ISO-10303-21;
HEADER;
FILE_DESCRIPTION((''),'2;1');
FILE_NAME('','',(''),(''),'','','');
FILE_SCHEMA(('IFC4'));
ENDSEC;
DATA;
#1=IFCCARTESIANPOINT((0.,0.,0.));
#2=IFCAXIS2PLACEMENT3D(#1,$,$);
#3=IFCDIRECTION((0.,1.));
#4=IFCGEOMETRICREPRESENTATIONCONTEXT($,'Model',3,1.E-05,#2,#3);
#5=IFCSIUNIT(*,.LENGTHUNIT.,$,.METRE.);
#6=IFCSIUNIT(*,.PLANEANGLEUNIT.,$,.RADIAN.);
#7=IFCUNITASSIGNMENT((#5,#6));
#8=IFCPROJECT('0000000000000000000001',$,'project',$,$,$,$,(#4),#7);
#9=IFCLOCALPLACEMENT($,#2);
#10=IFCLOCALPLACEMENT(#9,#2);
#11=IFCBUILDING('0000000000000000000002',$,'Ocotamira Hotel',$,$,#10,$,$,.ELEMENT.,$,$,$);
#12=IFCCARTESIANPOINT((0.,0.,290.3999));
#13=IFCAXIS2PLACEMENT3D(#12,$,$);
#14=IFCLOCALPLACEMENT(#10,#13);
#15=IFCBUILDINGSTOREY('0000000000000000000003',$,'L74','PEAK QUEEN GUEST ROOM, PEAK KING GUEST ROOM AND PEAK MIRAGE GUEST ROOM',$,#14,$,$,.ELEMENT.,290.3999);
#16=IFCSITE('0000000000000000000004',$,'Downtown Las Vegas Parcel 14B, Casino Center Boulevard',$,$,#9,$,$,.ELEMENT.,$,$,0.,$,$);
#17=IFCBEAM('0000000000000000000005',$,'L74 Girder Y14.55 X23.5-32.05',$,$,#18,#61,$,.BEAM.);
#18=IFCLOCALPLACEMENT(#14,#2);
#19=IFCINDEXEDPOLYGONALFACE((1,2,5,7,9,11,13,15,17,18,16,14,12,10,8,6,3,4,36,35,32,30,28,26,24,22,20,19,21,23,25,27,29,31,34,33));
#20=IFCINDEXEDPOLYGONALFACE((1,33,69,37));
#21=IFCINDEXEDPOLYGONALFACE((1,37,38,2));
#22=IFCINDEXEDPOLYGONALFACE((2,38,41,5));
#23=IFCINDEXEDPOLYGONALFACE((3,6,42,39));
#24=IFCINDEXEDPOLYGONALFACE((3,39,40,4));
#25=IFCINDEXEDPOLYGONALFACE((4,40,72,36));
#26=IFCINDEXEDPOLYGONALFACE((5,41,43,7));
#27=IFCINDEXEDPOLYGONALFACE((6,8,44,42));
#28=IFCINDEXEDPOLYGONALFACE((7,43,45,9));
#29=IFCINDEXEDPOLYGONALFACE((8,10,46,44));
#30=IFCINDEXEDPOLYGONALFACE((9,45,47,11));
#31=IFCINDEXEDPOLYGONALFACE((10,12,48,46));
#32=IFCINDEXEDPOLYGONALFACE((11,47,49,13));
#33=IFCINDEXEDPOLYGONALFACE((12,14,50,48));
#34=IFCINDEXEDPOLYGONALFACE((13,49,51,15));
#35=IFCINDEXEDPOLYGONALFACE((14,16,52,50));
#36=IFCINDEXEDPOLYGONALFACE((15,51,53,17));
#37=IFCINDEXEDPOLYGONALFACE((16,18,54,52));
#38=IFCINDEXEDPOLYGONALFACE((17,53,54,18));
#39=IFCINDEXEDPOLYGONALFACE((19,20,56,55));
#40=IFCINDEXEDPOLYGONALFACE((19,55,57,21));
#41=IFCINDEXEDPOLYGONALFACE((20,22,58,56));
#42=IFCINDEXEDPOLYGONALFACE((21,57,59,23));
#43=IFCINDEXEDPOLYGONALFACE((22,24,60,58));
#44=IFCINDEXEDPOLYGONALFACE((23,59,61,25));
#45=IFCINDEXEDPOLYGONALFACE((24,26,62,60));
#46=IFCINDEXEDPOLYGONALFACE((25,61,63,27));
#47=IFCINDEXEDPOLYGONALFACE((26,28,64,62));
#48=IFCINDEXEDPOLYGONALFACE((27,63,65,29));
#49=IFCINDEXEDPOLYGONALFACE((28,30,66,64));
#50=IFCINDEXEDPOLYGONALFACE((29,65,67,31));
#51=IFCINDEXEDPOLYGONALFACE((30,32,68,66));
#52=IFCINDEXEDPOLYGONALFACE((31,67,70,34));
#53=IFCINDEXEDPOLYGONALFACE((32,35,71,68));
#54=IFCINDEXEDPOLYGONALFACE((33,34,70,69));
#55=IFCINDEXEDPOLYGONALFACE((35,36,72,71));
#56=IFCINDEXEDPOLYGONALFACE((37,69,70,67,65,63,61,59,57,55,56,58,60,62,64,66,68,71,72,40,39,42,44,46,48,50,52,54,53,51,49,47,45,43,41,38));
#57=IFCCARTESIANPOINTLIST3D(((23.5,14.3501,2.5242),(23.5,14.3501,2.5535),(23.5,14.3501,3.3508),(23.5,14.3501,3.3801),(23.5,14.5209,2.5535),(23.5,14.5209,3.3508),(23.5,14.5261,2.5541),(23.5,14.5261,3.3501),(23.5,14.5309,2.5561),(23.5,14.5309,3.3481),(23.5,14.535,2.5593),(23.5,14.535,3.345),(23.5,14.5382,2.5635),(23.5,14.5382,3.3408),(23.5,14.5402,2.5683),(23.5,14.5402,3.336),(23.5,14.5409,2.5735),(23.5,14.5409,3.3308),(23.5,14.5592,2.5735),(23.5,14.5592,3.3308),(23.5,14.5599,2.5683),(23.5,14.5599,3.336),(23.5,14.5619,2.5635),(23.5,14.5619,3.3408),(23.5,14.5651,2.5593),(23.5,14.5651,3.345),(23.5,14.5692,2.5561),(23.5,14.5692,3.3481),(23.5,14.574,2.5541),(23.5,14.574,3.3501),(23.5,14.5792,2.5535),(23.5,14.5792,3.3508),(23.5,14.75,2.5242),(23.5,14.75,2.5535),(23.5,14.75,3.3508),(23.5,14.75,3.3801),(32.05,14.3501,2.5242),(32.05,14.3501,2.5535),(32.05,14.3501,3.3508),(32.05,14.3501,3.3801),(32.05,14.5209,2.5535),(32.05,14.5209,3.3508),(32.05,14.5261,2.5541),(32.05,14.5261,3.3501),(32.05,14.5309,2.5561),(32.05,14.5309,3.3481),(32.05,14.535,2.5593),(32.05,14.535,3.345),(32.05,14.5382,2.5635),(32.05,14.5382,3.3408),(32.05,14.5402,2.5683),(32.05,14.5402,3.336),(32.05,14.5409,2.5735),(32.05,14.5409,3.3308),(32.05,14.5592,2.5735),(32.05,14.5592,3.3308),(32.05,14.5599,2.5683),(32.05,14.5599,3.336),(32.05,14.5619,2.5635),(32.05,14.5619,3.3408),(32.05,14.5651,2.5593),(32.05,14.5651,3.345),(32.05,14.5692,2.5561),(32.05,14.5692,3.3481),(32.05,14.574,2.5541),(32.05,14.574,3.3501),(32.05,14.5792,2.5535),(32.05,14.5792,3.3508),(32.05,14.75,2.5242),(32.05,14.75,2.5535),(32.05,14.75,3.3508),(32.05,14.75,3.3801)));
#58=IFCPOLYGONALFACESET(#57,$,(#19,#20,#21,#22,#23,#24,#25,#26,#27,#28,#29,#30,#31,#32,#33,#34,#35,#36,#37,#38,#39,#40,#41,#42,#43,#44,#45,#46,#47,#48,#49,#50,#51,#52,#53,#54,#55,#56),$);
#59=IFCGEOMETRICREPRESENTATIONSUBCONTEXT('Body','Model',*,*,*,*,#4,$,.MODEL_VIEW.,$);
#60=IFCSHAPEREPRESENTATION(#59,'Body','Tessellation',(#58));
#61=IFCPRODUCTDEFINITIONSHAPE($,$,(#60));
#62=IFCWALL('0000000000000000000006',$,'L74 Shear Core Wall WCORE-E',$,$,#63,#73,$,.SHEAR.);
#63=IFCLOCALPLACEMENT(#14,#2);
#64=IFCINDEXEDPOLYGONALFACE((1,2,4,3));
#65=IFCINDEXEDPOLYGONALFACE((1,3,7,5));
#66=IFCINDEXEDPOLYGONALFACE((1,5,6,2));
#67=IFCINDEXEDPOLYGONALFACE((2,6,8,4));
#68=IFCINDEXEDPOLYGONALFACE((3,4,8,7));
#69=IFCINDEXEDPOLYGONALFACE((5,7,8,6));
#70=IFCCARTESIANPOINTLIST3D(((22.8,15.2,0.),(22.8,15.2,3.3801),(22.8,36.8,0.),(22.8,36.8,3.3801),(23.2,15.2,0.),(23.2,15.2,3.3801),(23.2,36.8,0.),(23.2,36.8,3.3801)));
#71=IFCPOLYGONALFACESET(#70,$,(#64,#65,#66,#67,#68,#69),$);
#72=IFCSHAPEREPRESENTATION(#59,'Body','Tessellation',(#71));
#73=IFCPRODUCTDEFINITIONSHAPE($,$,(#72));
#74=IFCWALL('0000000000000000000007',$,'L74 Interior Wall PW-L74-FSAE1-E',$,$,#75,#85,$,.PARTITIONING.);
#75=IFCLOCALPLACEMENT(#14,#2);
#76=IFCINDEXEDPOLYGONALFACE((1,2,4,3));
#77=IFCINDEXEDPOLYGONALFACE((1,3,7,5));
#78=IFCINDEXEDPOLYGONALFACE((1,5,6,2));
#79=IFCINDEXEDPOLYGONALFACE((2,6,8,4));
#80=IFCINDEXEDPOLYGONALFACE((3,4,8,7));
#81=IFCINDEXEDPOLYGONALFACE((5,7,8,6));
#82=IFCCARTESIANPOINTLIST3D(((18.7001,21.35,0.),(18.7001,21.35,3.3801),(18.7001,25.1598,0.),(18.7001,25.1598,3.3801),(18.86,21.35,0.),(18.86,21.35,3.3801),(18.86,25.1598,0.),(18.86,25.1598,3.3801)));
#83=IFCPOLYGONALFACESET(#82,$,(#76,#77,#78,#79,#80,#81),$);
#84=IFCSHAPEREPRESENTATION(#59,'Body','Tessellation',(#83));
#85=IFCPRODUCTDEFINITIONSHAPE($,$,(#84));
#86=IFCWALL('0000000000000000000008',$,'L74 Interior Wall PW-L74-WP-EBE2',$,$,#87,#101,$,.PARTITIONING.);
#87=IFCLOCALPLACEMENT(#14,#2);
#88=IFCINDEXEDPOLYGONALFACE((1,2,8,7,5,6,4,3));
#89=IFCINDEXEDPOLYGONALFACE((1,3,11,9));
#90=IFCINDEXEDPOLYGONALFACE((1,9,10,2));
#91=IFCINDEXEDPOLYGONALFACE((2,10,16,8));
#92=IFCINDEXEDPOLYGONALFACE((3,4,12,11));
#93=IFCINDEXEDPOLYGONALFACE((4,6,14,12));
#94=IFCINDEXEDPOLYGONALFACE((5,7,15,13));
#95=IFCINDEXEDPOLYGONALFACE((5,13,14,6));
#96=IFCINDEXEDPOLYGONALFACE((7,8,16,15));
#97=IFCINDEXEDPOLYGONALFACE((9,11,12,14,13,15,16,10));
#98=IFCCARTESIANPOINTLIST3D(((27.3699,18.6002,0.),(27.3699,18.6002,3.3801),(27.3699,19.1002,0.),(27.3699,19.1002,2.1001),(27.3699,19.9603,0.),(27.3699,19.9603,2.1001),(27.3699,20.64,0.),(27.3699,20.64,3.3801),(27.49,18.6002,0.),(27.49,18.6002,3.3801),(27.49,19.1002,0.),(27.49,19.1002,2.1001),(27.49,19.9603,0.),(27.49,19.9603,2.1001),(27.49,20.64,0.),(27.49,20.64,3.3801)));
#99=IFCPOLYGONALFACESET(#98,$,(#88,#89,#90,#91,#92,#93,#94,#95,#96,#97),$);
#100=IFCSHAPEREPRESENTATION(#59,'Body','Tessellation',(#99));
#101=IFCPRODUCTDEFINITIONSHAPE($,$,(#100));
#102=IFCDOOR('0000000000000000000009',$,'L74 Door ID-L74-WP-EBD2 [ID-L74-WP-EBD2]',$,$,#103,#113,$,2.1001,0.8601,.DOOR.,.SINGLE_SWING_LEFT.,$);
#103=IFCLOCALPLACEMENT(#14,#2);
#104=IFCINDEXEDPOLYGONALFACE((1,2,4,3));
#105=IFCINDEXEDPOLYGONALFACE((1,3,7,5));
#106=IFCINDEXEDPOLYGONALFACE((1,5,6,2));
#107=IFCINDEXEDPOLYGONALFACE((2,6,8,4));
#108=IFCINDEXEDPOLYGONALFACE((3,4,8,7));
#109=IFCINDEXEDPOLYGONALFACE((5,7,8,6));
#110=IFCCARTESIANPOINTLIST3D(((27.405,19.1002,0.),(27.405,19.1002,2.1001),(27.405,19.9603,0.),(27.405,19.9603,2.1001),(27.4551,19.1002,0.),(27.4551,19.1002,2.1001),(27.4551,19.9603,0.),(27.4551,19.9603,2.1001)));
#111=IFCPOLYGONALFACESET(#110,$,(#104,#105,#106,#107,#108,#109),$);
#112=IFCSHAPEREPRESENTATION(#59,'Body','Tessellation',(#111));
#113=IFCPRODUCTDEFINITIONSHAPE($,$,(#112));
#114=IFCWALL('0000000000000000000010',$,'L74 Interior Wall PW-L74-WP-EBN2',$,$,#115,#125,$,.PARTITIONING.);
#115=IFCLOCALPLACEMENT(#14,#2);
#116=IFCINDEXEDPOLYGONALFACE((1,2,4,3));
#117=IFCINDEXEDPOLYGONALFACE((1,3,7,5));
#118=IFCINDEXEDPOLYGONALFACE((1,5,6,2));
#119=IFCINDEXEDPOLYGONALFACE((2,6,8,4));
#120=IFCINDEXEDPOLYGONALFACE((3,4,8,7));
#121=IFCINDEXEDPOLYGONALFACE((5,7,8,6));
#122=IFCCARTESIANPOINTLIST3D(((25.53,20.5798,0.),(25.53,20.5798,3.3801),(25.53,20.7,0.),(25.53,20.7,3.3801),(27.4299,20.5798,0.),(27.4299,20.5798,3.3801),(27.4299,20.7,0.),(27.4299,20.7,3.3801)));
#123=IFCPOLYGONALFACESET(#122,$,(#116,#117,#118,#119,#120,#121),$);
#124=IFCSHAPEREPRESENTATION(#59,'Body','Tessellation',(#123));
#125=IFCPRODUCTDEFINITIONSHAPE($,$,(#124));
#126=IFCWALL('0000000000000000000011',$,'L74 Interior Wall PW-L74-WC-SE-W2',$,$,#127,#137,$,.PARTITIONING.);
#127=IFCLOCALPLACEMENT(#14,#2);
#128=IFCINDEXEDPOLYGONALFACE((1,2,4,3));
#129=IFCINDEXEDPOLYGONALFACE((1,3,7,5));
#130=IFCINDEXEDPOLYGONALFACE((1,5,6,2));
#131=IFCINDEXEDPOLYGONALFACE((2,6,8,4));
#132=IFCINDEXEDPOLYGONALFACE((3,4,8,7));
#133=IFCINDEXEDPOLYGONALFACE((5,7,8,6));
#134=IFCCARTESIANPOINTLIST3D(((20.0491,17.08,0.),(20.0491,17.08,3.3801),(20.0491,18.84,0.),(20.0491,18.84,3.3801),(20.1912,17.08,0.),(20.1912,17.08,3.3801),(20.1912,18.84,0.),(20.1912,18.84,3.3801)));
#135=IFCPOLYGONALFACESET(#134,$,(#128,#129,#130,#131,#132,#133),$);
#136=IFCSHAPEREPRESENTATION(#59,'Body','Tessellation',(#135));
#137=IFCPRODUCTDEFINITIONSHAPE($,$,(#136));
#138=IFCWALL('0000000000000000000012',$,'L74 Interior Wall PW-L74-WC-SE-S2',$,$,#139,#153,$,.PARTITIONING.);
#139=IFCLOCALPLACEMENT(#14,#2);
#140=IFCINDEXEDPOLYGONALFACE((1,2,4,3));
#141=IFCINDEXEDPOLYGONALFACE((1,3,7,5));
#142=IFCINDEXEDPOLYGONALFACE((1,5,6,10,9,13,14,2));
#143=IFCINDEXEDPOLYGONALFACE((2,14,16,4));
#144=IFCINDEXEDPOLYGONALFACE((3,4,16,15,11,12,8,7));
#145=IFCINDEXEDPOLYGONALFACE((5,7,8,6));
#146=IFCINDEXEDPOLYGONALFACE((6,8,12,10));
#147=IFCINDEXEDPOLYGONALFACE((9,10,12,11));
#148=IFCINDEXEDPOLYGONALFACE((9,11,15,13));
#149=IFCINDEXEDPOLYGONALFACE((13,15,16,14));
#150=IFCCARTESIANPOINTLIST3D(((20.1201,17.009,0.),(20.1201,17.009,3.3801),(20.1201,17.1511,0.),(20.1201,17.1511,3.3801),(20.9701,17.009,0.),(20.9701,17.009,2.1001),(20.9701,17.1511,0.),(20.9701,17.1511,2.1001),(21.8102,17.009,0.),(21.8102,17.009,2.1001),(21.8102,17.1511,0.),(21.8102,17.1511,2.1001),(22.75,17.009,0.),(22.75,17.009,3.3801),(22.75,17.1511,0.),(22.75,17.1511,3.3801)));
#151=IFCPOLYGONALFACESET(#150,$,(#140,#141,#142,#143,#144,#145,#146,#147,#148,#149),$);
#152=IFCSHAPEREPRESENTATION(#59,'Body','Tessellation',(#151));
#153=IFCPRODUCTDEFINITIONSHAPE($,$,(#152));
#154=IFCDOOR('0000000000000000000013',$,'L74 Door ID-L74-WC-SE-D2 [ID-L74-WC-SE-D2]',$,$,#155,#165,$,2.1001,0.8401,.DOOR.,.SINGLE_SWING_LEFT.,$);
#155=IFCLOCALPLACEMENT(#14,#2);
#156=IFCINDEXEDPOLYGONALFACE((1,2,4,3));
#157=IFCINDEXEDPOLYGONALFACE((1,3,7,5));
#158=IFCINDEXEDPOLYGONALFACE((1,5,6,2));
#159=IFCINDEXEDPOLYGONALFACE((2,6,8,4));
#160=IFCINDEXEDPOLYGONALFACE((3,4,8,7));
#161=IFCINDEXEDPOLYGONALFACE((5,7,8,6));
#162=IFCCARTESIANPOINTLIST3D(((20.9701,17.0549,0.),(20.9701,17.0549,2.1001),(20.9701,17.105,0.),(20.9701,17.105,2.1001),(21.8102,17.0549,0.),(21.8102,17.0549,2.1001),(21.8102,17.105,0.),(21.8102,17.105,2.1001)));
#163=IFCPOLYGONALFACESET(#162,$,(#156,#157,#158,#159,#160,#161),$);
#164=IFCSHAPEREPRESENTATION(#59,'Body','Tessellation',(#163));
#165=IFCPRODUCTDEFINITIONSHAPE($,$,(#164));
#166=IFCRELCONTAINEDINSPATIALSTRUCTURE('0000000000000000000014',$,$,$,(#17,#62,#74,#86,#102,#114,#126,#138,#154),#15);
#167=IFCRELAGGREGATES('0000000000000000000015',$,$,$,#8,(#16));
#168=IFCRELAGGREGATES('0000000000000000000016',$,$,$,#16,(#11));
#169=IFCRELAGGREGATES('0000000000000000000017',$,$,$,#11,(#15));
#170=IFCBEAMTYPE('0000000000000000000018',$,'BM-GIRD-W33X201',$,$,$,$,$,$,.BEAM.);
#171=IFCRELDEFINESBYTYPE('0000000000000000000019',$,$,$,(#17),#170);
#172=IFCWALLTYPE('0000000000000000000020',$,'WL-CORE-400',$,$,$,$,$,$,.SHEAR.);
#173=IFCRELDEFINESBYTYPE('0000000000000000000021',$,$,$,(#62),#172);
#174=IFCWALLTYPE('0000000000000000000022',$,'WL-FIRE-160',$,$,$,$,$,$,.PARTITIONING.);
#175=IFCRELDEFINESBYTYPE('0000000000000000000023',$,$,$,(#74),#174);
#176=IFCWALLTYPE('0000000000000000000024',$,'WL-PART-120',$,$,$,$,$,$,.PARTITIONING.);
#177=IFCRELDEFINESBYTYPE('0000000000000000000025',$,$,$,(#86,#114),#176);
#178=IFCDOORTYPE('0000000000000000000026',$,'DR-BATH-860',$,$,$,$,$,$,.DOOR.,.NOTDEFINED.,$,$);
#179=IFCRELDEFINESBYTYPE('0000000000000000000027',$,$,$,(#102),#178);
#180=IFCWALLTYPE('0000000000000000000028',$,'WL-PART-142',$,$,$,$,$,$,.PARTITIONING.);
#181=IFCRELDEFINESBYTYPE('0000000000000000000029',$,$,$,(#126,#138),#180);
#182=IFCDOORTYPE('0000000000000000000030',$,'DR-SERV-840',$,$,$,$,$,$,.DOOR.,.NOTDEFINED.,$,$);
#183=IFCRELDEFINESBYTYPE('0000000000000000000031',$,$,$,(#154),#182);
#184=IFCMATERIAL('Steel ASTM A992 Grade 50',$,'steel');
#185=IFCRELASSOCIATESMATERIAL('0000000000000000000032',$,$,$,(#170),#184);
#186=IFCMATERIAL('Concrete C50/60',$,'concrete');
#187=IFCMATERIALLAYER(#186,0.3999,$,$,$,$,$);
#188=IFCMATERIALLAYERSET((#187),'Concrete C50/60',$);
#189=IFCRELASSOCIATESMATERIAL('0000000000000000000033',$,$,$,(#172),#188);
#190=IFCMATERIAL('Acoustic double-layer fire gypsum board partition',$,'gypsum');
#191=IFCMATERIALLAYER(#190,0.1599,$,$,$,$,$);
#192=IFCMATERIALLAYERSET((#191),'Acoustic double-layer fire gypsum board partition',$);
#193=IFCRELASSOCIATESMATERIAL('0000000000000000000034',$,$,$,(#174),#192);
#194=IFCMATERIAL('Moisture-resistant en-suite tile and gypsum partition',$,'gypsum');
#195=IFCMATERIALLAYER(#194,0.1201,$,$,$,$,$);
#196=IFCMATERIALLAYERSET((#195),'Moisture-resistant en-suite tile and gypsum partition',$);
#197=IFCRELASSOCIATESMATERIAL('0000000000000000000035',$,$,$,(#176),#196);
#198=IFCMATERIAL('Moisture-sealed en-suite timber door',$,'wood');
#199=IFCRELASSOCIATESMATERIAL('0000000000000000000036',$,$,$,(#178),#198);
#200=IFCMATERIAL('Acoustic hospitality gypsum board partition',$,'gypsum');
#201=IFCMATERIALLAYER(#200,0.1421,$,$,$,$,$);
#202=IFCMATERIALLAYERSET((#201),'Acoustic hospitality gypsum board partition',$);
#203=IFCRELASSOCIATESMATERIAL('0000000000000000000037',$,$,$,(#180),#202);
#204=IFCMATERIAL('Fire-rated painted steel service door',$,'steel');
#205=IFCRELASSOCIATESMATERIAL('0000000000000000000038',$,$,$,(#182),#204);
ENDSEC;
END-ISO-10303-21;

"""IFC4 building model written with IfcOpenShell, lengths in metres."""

from ifc_helpers import new_model, si_unit, direction, frame, frame_2d, origin, origin_2d, place, context, subcontext, project, spatial, rectangle, i_section, extrude, source, transform, mapped, material, layer, layer_set, material_profile, profile_set, type_object, element, fill, save


model = new_model("IFC4")

# Units and contexts
model_context = context("Model", 3, precision=1e-05, world=origin(), true_north=direction((0.0, 1.0)))
body_context = subcontext(model_context, "Body", "Model", "MODEL_VIEW")
ifc_project = project(units=[si_unit("LENGTHUNIT", "METRE"), si_unit("PLANEANGLEUNIT", "RADIAN")], contexts=[model_context])

# Site, building, storey
site_placement = place(None, origin())
site = spatial("IfcSite", under=ifc_project, at=site_placement, Name="Downtown Las Vegas Parcel 14B, Casino Center Boulevard", CompositionType="ELEMENT", RefElevation=0.0)
building_placement = place(site_placement, origin())
building = spatial("IfcBuilding", under=site, at=building_placement, Name="Ocotamira Hotel", CompositionType="ELEMENT")
storey_placement = place(building_placement, frame((0.0, 0.0, 290.3999)))
storey = spatial("IfcBuildingStorey", under=building, at=storey_placement, Name="L74", Description="PEAK QUEEN GUEST ROOM, PEAK KING GUEST ROOM AND PEAK MIRAGE GUEST ROOM", CompositionType="ELEMENT", Elevation=290.3999)

# Shared definitions
ifc_material_1 = material(Name="Steel ASTM A992 Grade 50", Category="steel")

# Beam
ifc_material_profile_1 = material_profile(ifc_material_1, i_section(OverallWidth=0.3999, OverallDepth=0.856, WebThickness=0.0183, FlangeThickness=0.0293, FilletRadius=0.02, at=origin_2d()), Name="W33X201")
ifc_profile_set_1 = profile_set([ifc_material_profile_1], Name="Steel ASTM A992 Grade 50")
beam_type_1 = type_object("IfcBeamType", Name="BM-GIRD-W33X201", PredefinedType="BEAM", material=ifc_profile_set_1)
shared_shape_1 = source(origin(), body_context, "Body", "SweptSolid", [
    extrude(i_section(OverallWidth=0.3999, OverallDepth=0.856, WebThickness=0.0183, FlangeThickness=0.0293, FilletRadius=0.02, at=origin_2d()), origin(), (0.0, 0.0, 1.0), 8.55),
])
beam_1_placement = place(storey_placement, frame((23.5, 14.55, 2.9521), z_axis=(1.0, 0.0, 0.0), x_axis=(0.0, 1.0, 0.0)))
element("IfcBeam", 1, at=beam_1_placement, inside=storey, type_object=beam_type_1, Name="L74 Girder Y14.55 X23.5-32.05", PredefinedType="BEAM", context=body_context, shape_type="MappedRepresentation", body=[
    mapped(shared_shape_1, transform((0.0, 0.0, 0.0), scale=1.0)),
])

# Walls
ifc_material_2 = material(Name="Concrete C50/60", Category="concrete")
ifc_layer_1 = layer(ifc_material_2, 0.3999)
ifc_layer_set_1 = layer_set([ifc_layer_1], Name="Concrete C50/60")
wall_type_1 = type_object("IfcWallType", Name="WL-CORE-400", PredefinedType="SHEAR", material=ifc_layer_set_1)
wall_1_placement = place(storey_placement, frame((23.0, 15.2, 0.0), z_axis=(0.0, 0.0, 1.0), x_axis=(0.0, 1.0, 0.0)))
element("IfcWall", 2, at=wall_1_placement, inside=storey, type_object=wall_type_1, Name="L74 Shear Core Wall WCORE-E", PredefinedType="SHEAR", context=body_context, shape_type="SweptSolid", body=[
    extrude(rectangle(XDim=21.6001, YDim=0.3999, at=frame_2d((10.8, 0.0))), origin(), (0.0, 0.0, 1.0), 3.3801),
])
ifc_material_3 = material(Name="Acoustic double-layer fire gypsum board partition", Category="gypsum")
ifc_layer_2 = layer(ifc_material_3, 0.1599)
ifc_layer_set_2 = layer_set([ifc_layer_2], Name="Acoustic double-layer fire gypsum board partition")
wall_type_2 = type_object("IfcWallType", Name="WL-FIRE-160", PredefinedType="PARTITIONING", material=ifc_layer_set_2)
wall_2_placement = place(storey_placement, frame((18.78, 21.3501, 0.0), z_axis=(0.0, 0.0, 1.0), x_axis=(0.0, 1.0, 0.0)))
element("IfcWall", 3, at=wall_2_placement, inside=storey, type_object=wall_type_2, Name="L74 Interior Wall PW-L74-FSAE1-E", PredefinedType="PARTITIONING", context=body_context, shape_type="SweptSolid", body=[
    extrude(rectangle(XDim=3.8098, YDim=0.1599, at=frame_2d((1.9048, 0.0))), origin(), (0.0, 0.0, 1.0), 3.3801),
])

# Wall, opening, door
ifc_material_4 = material(Name="Moisture-resistant en-suite tile and gypsum partition", Category="gypsum")
ifc_layer_3 = layer(ifc_material_4, 0.1201)
ifc_layer_set_3 = layer_set([ifc_layer_3], Name="Moisture-resistant en-suite tile and gypsum partition")
wall_type_3 = type_object("IfcWallType", Name="WL-PART-120", PredefinedType="PARTITIONING", material=ifc_layer_set_3)
wall_3_placement = place(storey_placement, frame((27.4299, 18.6001, 0.0), z_axis=(0.0, 0.0, 1.0), x_axis=(0.0, 1.0, 0.0)))
wall_3 = element("IfcWall", 4, at=wall_3_placement, inside=storey, type_object=wall_type_3, Name="L74 Interior Wall PW-L74-WP-EBE2", PredefinedType="PARTITIONING", context=body_context, shape_type="SweptSolid", body=[
    extrude(rectangle(XDim=2.0398, YDim=0.1201, at=frame_2d((1.02, 0.0))), origin(), (0.0, 0.0, 1.0), 3.3801),
])
opening_1_placement = place(wall_3_placement, frame((0.5, 0.0, 0.0)))
opening_1 = element("IfcOpeningElement", 5, at=opening_1_placement, cuts=wall_3, PredefinedType="OPENING", context=body_context, shape_type="SweptSolid", body=[
    extrude(rectangle(XDim=0.8601, YDim=2.1001, at=frame_2d((0.4302, 1.05))), frame((0.0, 0.0701, 0.0), z_axis=(0.0, -1.0, 0.0), x_axis=(1.0, 0.0, 0.0)), (0.0, 0.0, 1.0), 0.1401),
])
ifc_material_5 = material(Name="Moisture-sealed en-suite timber door", Category="wood")
door_type_1 = type_object("IfcDoorType", Name="DR-BATH-860", OperationType="NOTDEFINED", PredefinedType="DOOR", material=ifc_material_5)
shared_shape_2 = source(origin(), body_context, "Body", "SweptSolid", [
    extrude(rectangle(XDim=0.8601, YDim=2.1001, at=frame_2d((0.4302, 1.05))), frame((0.0, 0.0249, 0.0), z_axis=(0.0, -1.0, 0.0), x_axis=(1.0, 0.0, 0.0)), (0.0, 0.0, 1.0), 0.05),
])
door_1_placement = place(opening_1_placement, origin())
door_1 = element("IfcDoor", 6, at=door_1_placement, inside=storey, type_object=door_type_1, Name="L74 Door ID-L74-WP-EBD2 [ID-L74-WP-EBD2]", OperationType="SINGLE_SWING_LEFT", OverallHeight=2.1001, OverallWidth=0.8601, PredefinedType="DOOR", context=body_context, shape_type="MappedRepresentation", body=[
    mapped(shared_shape_2, transform((0.0, 0.0, 0.0), scale=1.0)),
])
fill(opening_1, door_1)

# Walls
wall_4_placement = place(storey_placement, frame((25.53, 20.6399, 0.0), z_axis=(0.0, 0.0, 1.0), x_axis=(1.0, 0.0, 0.0)))
element("IfcWall", 7, at=wall_4_placement, inside=storey, type_object=wall_type_3, Name="L74 Interior Wall PW-L74-WP-EBN2", PredefinedType="PARTITIONING", context=body_context, shape_type="SweptSolid", body=[
    extrude(rectangle(XDim=1.8999, YDim=0.1201, at=frame_2d((0.95, 0.0))), origin(), (0.0, 0.0, 1.0), 3.3801),
])
ifc_material_6 = material(Name="Acoustic hospitality gypsum board partition", Category="gypsum")
ifc_layer_4 = layer(ifc_material_6, 0.1421)
ifc_layer_set_4 = layer_set([ifc_layer_4], Name="Acoustic hospitality gypsum board partition")
wall_type_4 = type_object("IfcWallType", Name="WL-PART-142", PredefinedType="PARTITIONING", material=ifc_layer_set_4)
wall_5_placement = place(storey_placement, frame((20.1201, 17.0801, 0.0), z_axis=(0.0, 0.0, 1.0), x_axis=(0.0, 1.0, 0.0)))
element("IfcWall", 8, at=wall_5_placement, inside=storey, type_object=wall_type_4, Name="L74 Interior Wall PW-L74-WC-SE-W2", PredefinedType="PARTITIONING", context=body_context, shape_type="SweptSolid", body=[
    extrude(rectangle(XDim=1.76, YDim=0.1421, at=frame_2d((0.8799, 0.0))), origin(), (0.0, 0.0, 1.0), 3.3801),
])

# Wall, opening, door
wall_6_placement = place(storey_placement, frame((20.1201, 17.0801, 0.0), z_axis=(0.0, 0.0, 1.0), x_axis=(1.0, 0.0, 0.0)))
wall_6 = element("IfcWall", 9, at=wall_6_placement, inside=storey, type_object=wall_type_4, Name="L74 Interior Wall PW-L74-WC-SE-S2", PredefinedType="PARTITIONING", context=body_context, shape_type="SweptSolid", body=[
    extrude(rectangle(XDim=2.6299, YDim=0.1421, at=frame_2d((1.3149, 0.0))), origin(), (0.0, 0.0, 1.0), 3.3801),
])
opening_2_placement = place(wall_6_placement, frame((0.8501, 0.0, 0.0)))
opening_2 = element("IfcOpeningElement", 10, at=opening_2_placement, cuts=wall_6, PredefinedType="OPENING", context=body_context, shape_type="SweptSolid", body=[
    extrude(rectangle(XDim=0.8401, YDim=2.1001, at=frame_2d((0.4199, 1.05))), frame((0.0, 0.0811, 0.0), z_axis=(0.0, -1.0, 0.0), x_axis=(1.0, 0.0, 0.0)), (0.0, 0.0, 1.0), 0.1621),
])
ifc_material_7 = material(Name="Fire-rated painted steel service door", Category="steel")
door_type_2 = type_object("IfcDoorType", Name="DR-SERV-840", OperationType="NOTDEFINED", PredefinedType="DOOR", material=ifc_material_7)
shared_shape_3 = source(origin(), body_context, "Body", "SweptSolid", [
    extrude(rectangle(XDim=0.8401, YDim=2.1001, at=frame_2d((0.4199, 1.05))), frame((0.0, 0.0249, 0.0), z_axis=(0.0, -1.0, 0.0), x_axis=(1.0, 0.0, 0.0)), (0.0, 0.0, 1.0), 0.05),
])
door_2_placement = place(opening_2_placement, origin())
door_2 = element("IfcDoor", 11, at=door_2_placement, inside=storey, type_object=door_type_2, Name="L74 Door ID-L74-WC-SE-D2 [ID-L74-WC-SE-D2]", OperationType="SINGLE_SWING_LEFT", OverallHeight=2.1001, OverallWidth=0.8401, PredefinedType="DOOR", context=body_context, shape_type="MappedRepresentation", body=[
    mapped(shared_shape_3, transform((0.0, 0.0, 0.0), scale=1.0)),
])
fill(opening_2, door_2)

save(model, "model.ifc")
